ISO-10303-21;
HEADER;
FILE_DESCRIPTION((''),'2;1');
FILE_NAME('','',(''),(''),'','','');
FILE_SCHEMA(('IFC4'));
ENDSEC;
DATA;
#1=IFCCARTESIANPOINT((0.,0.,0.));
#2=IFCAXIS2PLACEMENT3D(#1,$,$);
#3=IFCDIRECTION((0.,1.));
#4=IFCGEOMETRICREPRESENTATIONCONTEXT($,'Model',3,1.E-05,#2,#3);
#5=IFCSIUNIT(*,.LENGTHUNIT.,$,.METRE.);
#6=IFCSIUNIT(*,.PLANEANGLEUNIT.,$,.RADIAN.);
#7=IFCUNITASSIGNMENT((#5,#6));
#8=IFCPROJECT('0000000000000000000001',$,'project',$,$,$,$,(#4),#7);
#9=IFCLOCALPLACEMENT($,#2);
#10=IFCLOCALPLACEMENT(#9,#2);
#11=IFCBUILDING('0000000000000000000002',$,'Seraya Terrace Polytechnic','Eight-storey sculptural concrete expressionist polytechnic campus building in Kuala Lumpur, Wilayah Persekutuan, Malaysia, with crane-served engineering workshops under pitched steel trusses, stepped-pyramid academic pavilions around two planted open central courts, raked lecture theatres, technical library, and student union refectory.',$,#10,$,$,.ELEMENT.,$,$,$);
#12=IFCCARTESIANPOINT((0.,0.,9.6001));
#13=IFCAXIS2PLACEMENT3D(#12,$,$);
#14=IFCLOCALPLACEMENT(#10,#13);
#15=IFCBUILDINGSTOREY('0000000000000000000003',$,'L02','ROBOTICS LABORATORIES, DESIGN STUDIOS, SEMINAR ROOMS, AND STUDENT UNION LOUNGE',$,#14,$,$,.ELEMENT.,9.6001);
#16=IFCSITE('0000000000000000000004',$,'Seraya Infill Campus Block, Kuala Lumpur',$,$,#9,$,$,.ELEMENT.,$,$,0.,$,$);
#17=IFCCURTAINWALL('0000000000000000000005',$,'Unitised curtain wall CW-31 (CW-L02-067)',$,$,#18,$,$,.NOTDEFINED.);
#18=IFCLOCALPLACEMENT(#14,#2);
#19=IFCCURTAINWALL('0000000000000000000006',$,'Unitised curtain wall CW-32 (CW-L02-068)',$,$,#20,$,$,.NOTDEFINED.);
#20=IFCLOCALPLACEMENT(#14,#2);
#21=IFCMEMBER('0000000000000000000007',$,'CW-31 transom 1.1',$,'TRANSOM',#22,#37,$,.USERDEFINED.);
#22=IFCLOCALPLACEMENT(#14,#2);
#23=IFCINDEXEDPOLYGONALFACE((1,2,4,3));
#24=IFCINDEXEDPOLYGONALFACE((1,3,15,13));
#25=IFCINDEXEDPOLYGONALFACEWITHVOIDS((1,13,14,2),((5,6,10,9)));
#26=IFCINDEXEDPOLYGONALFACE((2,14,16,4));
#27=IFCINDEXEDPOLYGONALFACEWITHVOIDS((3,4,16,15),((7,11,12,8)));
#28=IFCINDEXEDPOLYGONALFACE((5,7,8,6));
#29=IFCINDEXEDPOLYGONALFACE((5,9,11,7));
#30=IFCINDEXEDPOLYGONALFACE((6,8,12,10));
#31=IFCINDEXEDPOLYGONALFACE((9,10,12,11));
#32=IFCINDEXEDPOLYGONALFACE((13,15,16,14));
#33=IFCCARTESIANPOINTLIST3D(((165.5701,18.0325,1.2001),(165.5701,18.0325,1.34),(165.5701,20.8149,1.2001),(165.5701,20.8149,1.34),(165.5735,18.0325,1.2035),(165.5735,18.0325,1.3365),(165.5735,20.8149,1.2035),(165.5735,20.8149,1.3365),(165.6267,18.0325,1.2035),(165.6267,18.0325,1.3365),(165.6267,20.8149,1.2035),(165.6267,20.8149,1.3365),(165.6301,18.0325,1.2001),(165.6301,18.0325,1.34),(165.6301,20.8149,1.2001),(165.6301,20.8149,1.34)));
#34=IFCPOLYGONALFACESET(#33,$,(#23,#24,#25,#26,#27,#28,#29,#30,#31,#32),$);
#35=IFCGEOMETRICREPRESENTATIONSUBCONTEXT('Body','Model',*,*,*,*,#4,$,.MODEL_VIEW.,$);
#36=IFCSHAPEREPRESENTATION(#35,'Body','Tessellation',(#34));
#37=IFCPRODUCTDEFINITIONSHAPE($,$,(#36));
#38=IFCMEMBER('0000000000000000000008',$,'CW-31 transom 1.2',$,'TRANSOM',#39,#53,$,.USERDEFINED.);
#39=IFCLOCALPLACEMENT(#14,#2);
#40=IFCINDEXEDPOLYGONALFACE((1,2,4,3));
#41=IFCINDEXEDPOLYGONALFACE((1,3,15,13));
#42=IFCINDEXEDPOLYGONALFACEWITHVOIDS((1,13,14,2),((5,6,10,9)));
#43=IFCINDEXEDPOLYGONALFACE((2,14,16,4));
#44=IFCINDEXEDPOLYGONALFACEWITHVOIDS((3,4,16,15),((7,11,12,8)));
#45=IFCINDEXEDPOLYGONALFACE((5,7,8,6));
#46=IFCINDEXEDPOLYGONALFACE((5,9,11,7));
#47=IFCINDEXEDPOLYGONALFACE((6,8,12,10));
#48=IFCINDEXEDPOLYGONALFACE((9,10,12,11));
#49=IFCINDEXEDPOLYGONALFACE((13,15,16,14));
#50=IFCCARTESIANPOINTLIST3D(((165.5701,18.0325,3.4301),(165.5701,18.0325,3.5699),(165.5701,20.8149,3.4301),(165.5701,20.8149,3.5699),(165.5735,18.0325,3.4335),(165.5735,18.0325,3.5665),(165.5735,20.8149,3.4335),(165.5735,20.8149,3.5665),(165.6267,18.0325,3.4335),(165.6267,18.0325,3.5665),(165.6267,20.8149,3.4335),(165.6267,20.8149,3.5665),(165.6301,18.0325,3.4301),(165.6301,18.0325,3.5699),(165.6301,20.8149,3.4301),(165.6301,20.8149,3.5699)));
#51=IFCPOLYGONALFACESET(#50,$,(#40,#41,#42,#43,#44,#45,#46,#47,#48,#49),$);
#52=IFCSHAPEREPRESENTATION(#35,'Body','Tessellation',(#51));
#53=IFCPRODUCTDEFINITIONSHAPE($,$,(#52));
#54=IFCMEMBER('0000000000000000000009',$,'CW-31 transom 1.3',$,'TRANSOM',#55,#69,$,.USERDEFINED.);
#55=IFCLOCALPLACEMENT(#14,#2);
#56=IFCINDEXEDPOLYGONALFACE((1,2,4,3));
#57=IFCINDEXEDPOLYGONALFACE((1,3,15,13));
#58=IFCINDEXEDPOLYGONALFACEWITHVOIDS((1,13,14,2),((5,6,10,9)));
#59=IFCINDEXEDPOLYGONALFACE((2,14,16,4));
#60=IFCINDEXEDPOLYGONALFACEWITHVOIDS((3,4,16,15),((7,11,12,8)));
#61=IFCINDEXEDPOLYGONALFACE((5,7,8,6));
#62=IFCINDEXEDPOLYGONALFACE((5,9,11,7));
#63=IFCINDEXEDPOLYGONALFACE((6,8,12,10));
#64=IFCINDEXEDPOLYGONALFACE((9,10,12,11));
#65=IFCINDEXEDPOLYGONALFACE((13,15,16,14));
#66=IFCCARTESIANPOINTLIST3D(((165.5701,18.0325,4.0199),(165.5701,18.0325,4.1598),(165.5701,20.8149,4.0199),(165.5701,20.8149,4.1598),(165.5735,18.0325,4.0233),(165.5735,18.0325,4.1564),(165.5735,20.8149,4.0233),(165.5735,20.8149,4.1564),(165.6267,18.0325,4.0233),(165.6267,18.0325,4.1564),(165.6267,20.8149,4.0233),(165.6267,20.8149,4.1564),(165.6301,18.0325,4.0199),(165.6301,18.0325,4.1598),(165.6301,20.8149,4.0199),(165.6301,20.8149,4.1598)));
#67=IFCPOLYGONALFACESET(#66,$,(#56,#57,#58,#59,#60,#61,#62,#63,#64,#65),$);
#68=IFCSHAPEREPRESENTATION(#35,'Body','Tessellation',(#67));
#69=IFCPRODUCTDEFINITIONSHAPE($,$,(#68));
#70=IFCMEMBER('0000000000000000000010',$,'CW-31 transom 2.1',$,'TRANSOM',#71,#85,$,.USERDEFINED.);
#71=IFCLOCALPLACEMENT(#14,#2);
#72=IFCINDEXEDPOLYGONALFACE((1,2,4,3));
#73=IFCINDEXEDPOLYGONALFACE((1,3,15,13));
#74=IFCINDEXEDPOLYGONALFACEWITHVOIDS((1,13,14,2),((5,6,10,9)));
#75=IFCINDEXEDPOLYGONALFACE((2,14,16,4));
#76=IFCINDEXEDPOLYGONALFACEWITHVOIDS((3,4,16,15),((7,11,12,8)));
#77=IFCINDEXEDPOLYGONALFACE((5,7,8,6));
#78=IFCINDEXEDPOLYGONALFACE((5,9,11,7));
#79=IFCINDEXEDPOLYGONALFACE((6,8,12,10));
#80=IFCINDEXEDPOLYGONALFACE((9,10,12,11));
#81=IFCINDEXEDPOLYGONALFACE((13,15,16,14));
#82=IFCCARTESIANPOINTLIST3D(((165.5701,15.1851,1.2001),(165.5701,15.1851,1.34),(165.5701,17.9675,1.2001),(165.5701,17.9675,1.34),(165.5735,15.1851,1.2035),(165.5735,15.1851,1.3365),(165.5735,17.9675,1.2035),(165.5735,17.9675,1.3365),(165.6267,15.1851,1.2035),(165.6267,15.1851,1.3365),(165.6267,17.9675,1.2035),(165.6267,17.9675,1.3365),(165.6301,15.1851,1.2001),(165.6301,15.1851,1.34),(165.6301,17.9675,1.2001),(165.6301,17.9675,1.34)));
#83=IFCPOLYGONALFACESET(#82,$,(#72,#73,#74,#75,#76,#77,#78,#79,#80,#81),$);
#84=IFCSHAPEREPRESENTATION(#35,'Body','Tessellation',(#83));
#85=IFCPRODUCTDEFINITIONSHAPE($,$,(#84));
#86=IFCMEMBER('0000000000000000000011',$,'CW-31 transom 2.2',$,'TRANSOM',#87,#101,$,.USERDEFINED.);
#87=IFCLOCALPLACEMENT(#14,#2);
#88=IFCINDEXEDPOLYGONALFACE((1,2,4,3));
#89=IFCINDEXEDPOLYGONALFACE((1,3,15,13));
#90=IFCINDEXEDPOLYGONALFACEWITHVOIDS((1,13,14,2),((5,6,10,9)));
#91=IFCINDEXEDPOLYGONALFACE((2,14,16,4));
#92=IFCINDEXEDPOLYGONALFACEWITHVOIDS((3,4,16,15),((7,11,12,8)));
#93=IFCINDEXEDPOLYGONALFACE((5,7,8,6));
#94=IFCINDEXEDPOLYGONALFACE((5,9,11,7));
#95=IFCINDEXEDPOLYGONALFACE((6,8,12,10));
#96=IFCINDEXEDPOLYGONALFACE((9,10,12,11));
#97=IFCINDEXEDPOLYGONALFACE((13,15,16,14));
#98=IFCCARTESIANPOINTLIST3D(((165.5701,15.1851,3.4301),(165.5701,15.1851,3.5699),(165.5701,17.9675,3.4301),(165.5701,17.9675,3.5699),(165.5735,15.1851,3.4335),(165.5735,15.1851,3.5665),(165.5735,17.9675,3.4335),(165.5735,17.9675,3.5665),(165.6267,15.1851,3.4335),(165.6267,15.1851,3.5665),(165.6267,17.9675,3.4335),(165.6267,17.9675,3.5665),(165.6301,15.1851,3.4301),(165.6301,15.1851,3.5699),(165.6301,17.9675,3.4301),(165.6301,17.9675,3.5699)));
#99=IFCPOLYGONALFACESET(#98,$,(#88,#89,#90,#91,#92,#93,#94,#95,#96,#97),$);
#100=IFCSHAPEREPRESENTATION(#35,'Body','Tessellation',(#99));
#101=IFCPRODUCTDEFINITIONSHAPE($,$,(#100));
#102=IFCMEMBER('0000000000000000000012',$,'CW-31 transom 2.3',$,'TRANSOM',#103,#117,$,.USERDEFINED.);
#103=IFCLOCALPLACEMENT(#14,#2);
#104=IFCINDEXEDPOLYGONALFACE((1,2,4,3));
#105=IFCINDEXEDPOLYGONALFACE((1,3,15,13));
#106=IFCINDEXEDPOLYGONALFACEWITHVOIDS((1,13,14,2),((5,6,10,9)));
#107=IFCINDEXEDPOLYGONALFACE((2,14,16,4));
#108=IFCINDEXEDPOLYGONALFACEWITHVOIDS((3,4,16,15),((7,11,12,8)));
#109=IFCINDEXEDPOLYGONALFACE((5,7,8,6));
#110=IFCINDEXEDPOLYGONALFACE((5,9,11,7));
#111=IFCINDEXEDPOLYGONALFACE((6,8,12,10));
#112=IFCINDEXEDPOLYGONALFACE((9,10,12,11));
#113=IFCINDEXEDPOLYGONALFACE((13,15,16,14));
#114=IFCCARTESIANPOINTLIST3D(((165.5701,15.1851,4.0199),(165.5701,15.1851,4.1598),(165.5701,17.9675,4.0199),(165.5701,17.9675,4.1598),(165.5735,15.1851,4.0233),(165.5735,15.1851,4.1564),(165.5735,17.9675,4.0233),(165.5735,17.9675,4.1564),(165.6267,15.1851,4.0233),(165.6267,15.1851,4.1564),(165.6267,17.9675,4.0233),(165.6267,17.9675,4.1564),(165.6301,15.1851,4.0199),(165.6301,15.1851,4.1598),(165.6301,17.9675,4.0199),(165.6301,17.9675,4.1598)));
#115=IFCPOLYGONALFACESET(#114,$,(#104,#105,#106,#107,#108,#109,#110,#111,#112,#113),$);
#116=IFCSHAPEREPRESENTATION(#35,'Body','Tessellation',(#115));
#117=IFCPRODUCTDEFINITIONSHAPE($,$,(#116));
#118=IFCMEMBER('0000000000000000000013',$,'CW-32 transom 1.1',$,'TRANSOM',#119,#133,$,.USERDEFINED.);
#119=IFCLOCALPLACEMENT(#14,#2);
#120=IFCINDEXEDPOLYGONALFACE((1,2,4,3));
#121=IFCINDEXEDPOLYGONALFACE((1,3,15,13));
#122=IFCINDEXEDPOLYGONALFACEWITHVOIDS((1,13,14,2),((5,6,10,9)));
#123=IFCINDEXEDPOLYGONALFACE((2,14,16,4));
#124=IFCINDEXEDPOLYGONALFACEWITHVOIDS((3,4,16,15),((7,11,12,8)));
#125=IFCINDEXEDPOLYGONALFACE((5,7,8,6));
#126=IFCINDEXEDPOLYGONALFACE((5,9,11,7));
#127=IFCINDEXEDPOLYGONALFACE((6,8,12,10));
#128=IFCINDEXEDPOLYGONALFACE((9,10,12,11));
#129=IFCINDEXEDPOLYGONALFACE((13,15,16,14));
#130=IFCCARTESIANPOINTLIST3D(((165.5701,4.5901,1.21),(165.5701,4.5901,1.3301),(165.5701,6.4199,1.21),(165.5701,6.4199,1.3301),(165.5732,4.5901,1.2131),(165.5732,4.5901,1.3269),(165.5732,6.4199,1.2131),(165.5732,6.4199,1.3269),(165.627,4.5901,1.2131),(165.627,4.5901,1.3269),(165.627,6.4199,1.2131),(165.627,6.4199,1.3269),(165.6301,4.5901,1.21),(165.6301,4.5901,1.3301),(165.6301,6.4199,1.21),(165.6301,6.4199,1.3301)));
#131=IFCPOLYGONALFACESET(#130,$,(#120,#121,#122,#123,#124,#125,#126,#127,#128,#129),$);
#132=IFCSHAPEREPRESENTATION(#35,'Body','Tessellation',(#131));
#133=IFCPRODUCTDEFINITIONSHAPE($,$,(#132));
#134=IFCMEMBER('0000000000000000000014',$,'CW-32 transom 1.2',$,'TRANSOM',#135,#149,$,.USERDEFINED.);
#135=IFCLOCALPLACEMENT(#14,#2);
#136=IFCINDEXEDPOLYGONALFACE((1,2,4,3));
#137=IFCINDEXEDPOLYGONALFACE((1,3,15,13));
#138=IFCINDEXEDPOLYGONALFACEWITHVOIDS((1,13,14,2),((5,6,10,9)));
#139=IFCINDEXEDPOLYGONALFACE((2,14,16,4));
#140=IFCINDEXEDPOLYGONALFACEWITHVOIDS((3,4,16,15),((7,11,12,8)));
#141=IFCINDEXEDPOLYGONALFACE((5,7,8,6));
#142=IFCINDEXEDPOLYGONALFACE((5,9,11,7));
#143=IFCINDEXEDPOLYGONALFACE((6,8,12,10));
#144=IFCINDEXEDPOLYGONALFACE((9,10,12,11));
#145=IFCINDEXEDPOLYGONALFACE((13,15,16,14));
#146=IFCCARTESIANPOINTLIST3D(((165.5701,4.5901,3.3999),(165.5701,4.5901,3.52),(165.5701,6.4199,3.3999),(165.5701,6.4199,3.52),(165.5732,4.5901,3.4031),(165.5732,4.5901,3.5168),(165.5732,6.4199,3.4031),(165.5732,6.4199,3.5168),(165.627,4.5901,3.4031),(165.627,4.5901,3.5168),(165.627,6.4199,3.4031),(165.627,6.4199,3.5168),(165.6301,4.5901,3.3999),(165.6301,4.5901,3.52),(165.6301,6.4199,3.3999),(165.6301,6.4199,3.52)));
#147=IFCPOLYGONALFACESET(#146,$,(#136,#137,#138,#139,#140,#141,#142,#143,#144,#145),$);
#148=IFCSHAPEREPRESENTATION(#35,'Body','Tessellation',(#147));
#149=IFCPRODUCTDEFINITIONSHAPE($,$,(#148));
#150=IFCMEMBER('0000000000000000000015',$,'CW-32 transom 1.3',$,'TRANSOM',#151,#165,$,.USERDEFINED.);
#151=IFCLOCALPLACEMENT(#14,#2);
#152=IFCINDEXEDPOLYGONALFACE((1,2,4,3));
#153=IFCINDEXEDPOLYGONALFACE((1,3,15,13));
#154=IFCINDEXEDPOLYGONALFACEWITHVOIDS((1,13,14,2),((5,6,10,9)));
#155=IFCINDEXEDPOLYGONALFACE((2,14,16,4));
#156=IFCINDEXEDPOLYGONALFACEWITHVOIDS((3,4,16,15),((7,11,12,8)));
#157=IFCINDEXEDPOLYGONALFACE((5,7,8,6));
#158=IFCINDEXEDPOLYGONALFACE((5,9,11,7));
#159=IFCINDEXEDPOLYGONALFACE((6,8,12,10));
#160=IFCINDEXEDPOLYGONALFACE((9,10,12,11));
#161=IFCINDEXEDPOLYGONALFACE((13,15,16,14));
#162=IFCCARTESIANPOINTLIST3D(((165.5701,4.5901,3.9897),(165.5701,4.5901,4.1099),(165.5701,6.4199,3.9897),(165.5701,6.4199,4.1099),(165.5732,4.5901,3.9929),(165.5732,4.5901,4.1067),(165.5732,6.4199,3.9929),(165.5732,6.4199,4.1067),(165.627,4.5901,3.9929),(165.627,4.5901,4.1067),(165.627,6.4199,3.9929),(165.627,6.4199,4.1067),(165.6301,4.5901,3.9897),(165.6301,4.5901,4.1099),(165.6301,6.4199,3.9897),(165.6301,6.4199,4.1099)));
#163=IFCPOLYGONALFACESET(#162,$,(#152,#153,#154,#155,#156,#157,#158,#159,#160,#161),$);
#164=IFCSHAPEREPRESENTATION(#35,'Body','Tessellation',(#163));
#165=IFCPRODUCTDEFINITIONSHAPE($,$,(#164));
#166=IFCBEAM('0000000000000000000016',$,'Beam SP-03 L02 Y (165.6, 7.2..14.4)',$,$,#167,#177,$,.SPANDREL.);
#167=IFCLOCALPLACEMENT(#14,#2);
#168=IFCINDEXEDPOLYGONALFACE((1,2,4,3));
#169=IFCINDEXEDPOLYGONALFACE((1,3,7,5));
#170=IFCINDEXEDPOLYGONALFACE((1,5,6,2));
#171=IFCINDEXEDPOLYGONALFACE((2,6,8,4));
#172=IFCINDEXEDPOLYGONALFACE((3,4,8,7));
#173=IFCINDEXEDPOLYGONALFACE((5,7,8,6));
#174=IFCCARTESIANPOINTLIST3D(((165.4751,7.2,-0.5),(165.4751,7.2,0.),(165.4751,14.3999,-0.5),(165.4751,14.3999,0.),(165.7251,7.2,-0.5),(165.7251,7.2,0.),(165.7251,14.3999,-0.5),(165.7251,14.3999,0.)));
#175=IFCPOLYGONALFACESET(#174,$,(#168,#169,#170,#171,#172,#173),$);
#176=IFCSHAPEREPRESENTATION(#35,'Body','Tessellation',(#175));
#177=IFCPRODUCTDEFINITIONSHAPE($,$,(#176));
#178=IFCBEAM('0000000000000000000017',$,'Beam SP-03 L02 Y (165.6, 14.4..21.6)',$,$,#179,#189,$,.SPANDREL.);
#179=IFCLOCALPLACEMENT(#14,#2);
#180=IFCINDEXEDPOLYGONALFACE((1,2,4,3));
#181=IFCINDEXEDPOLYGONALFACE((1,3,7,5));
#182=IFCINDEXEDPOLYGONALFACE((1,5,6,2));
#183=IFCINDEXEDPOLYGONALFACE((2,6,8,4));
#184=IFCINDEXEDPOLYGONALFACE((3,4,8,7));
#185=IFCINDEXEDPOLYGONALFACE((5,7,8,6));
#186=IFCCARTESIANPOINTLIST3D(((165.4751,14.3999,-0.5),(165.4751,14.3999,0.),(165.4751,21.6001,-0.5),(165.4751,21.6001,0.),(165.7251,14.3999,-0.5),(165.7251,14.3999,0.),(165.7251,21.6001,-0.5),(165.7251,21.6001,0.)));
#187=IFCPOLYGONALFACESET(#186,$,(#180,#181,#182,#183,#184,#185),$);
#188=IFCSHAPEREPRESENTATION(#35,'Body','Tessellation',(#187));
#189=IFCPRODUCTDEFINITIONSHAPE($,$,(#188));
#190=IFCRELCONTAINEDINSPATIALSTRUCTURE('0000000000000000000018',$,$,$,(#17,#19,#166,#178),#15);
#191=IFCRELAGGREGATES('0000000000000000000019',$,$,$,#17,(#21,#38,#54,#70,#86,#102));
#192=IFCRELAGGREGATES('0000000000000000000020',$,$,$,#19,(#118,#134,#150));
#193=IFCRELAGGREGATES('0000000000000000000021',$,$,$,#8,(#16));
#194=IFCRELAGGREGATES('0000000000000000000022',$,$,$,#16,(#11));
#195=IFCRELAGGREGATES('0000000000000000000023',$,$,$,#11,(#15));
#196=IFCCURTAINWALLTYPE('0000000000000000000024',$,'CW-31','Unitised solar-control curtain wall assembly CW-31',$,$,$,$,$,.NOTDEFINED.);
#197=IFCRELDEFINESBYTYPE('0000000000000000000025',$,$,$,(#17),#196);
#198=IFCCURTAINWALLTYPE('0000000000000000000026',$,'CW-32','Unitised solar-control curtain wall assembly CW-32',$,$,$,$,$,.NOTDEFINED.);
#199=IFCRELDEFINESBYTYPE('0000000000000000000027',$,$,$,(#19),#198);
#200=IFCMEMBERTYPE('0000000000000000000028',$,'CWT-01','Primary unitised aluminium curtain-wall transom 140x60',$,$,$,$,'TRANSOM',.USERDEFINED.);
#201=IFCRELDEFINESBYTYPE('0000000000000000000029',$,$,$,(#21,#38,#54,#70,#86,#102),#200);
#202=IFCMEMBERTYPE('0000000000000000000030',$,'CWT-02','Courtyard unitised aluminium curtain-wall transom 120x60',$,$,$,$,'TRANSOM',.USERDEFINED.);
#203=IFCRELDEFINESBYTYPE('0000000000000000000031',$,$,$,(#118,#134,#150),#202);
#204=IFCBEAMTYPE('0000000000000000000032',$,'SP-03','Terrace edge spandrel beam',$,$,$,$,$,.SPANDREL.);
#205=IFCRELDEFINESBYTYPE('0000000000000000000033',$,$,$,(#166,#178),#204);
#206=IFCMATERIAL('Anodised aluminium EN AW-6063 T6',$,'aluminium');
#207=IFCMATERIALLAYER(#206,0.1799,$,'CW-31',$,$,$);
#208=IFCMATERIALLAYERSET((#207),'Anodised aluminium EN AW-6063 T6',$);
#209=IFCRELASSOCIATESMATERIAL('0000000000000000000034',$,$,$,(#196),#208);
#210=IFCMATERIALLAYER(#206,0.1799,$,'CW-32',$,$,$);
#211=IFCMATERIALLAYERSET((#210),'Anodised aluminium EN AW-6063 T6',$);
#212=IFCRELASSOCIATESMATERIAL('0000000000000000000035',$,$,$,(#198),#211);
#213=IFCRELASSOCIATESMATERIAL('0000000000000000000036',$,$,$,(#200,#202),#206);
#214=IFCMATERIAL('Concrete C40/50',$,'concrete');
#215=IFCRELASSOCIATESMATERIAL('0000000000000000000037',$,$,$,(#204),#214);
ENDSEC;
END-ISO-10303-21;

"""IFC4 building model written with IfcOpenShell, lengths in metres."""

from ifc_helpers import new_model, si_unit, direction, frame, origin, origin_2d, place, context, subcontext, project, spatial, rectangle, hollow_rectangle, extrude, material, layer, layer_set, material_profile, profile_set, type_object, element, aggregate, save


model = new_model("IFC4")

# Units and contexts
model_context = context("Model", 3, precision=1e-05, world=origin(), true_north=direction((0.0, 1.0)))
body_context = subcontext(model_context, "Body", "Model", "MODEL_VIEW")
ifc_project = project(units=[si_unit("LENGTHUNIT", "METRE"), si_unit("PLANEANGLEUNIT", "RADIAN")], contexts=[model_context])

# Site, building, storey
site_placement = place(None, origin())
site = spatial("IfcSite", under=ifc_project, at=site_placement, Name="Seraya Infill Campus Block, Kuala Lumpur", CompositionType="ELEMENT", RefElevation=0.0)
building_placement = place(site_placement, origin())
building = spatial("IfcBuilding", under=site, at=building_placement, Name="Seraya Terrace Polytechnic", Description="Eight-storey sculptural concrete expressionist polytechnic campus building in Kuala Lumpur, Wilayah Persekutuan, Malaysia, with crane-served engineering workshops under pitched steel trusses, stepped-pyramid academic pavilions around two planted open central courts, raked lecture theatres, technical library, and student union refectory.", CompositionType="ELEMENT")
storey_placement = place(building_placement, frame((0.0, 0.0, 9.6001)))
storey = spatial("IfcBuildingStorey", under=building, at=storey_placement, Name="L02", Description="ROBOTICS LABORATORIES, DESIGN STUDIOS, SEMINAR ROOMS, AND STUDENT UNION LOUNGE", CompositionType="ELEMENT", Elevation=9.6001)

# Shared definitions
ifc_material_1 = material(Name="Concrete C40/50", Category="concrete")

# Curtain walls
ifc_material_2 = material(Name="Anodised aluminium EN AW-6063 T6", Category="aluminium")
ifc_layer_1 = layer(ifc_material_2, 0.1799, Name="CW-31")
ifc_layer_set_1 = layer_set([ifc_layer_1], Name="Anodised aluminium EN AW-6063 T6")
curtain_wall_type_1 = type_object("IfcCurtainWallType", Name="CW-31", Description="Unitised solar-control curtain wall assembly CW-31", PredefinedType="NOTDEFINED", material=ifc_layer_set_1)
curtain_wall_1_placement = place(storey_placement, origin())
curtain_wall_1 = element("IfcCurtainWall", 1, at=curtain_wall_1_placement, inside=storey, type_object=curtain_wall_type_1, Name="Unitised curtain wall CW-31 (CW-L02-067)", PredefinedType="NOTDEFINED")
ifc_layer_2 = layer(ifc_material_2, 0.1799, Name="CW-32")
ifc_layer_set_2 = layer_set([ifc_layer_2], Name="Anodised aluminium EN AW-6063 T6")
curtain_wall_type_2 = type_object("IfcCurtainWallType", Name="CW-32", Description="Unitised solar-control curtain wall assembly CW-32", PredefinedType="NOTDEFINED", material=ifc_layer_set_2)
curtain_wall_2_placement = place(storey_placement, origin())
curtain_wall_2 = element("IfcCurtainWall", 2, at=curtain_wall_2_placement, inside=storey, type_object=curtain_wall_type_2, Name="Unitised curtain wall CW-32 (CW-L02-068)", PredefinedType="NOTDEFINED")

# Members
ifc_material_profile_1 = material_profile(ifc_material_2, hollow_rectangle(XDim=0.0601, YDim=0.1399, WallThickness=0.0034, at=origin_2d()), Name="RHS 140x60x3.5")
ifc_profile_set_1 = profile_set([ifc_material_profile_1], Name="Anodised aluminium EN AW-6063 T6")
member_type_1 = type_object("IfcMemberType", Name="CWT-01", Description="Primary unitised aluminium curtain-wall transom 140x60", ElementType="TRANSOM", PredefinedType="USERDEFINED", material=ifc_profile_set_1)
member_1_placement = place(storey_placement, frame((165.6001, 20.8149, 1.27), z_axis=(0.0, -1.0, 0.0), x_axis=(1.0, 0.0, 0.0)))
member_1 = element("IfcMember", 3, at=member_1_placement, type_object=member_type_1, Name="CW-31 transom 1.1", ObjectType="TRANSOM", PredefinedType="USERDEFINED", context=body_context, shape_type="SweptSolid", body=[
    extrude(hollow_rectangle(XDim=0.0601, YDim=0.1399, WallThickness=0.0034, at=origin_2d()), origin(), (0.0, 0.0, 1.0), 2.7825),
])
member_2_placement = place(storey_placement, frame((165.6001, 20.8149, 3.5), z_axis=(0.0, -1.0, 0.0), x_axis=(1.0, 0.0, 0.0)))
member_2 = element("IfcMember", 4, at=member_2_placement, type_object=member_type_1, Name="CW-31 transom 1.2", ObjectType="TRANSOM", PredefinedType="USERDEFINED", context=body_context, shape_type="SweptSolid", body=[
    extrude(hollow_rectangle(XDim=0.0601, YDim=0.1399, WallThickness=0.0034, at=origin_2d()), origin(), (0.0, 0.0, 1.0), 2.7825),
])
member_3_placement = place(storey_placement, frame((165.6001, 20.8149, 4.0898), z_axis=(0.0, -1.0, 0.0), x_axis=(1.0, 0.0, 0.0)))
member_3 = element("IfcMember", 5, at=member_3_placement, type_object=member_type_1, Name="CW-31 transom 1.3", ObjectType="TRANSOM", PredefinedType="USERDEFINED", context=body_context, shape_type="SweptSolid", body=[
    extrude(hollow_rectangle(XDim=0.0601, YDim=0.1399, WallThickness=0.0034, at=origin_2d()), origin(), (0.0, 0.0, 1.0), 2.7825),
])
member_4_placement = place(storey_placement, frame((165.6001, 17.9675, 1.27), z_axis=(0.0, -1.0, 0.0), x_axis=(1.0, 0.0, 0.0)))
member_4 = element("IfcMember", 6, at=member_4_placement, type_object=member_type_1, Name="CW-31 transom 2.1", ObjectType="TRANSOM", PredefinedType="USERDEFINED", context=body_context, shape_type="SweptSolid", body=[
    extrude(hollow_rectangle(XDim=0.0601, YDim=0.1399, WallThickness=0.0034, at=origin_2d()), origin(), (0.0, 0.0, 1.0), 2.7825),
])
member_5_placement = place(storey_placement, frame((165.6001, 17.9675, 3.5), z_axis=(0.0, -1.0, 0.0), x_axis=(1.0, 0.0, 0.0)))
member_5 = element("IfcMember", 7, at=member_5_placement, type_object=member_type_1, Name="CW-31 transom 2.2", ObjectType="TRANSOM", PredefinedType="USERDEFINED", context=body_context, shape_type="SweptSolid", body=[
    extrude(hollow_rectangle(XDim=0.0601, YDim=0.1399, WallThickness=0.0034, at=origin_2d()), origin(), (0.0, 0.0, 1.0), 2.7825),
])
member_6_placement = place(storey_placement, frame((165.6001, 17.9675, 4.0898), z_axis=(0.0, -1.0, 0.0), x_axis=(1.0, 0.0, 0.0)))
member_6 = element("IfcMember", 8, at=member_6_placement, type_object=member_type_1, Name="CW-31 transom 2.3", ObjectType="TRANSOM", PredefinedType="USERDEFINED", context=body_context, shape_type="SweptSolid", body=[
    extrude(hollow_rectangle(XDim=0.0601, YDim=0.1399, WallThickness=0.0034, at=origin_2d()), origin(), (0.0, 0.0, 1.0), 2.7825),
])
ifc_material_profile_2 = material_profile(ifc_material_2, hollow_rectangle(XDim=0.0601, YDim=0.1201, WallThickness=0.0032, at=origin_2d()), Name="RHS 120x60x3.2")
ifc_profile_set_2 = profile_set([ifc_material_profile_2], Name="Anodised aluminium EN AW-6063 T6")
member_type_2 = type_object("IfcMemberType", Name="CWT-02", Description="Courtyard unitised aluminium curtain-wall transom 120x60", ElementType="TRANSOM", PredefinedType="USERDEFINED", material=ifc_profile_set_2)
member_7_placement = place(storey_placement, frame((165.6001, 6.4199, 1.27), z_axis=(0.0, -1.0, 0.0), x_axis=(1.0, 0.0, 0.0)))
member_7 = element("IfcMember", 9, at=member_7_placement, type_object=member_type_2, Name="CW-32 transom 1.1", ObjectType="TRANSOM", PredefinedType="USERDEFINED", context=body_context, shape_type="SweptSolid", body=[
    extrude(hollow_rectangle(XDim=0.0601, YDim=0.1201, WallThickness=0.0032, at=origin_2d()), origin(), (0.0, 0.0, 1.0), 1.8298),
])
member_8_placement = place(storey_placement, frame((165.6001, 6.4199, 3.46), z_axis=(0.0, -1.0, 0.0), x_axis=(1.0, 0.0, 0.0)))
member_8 = element("IfcMember", 10, at=member_8_placement, type_object=member_type_2, Name="CW-32 transom 1.2", ObjectType="TRANSOM", PredefinedType="USERDEFINED", context=body_context, shape_type="SweptSolid", body=[
    extrude(hollow_rectangle(XDim=0.0601, YDim=0.1201, WallThickness=0.0032, at=origin_2d()), origin(), (0.0, 0.0, 1.0), 1.8298),
])
member_9_placement = place(storey_placement, frame((165.6001, 6.4199, 4.0498), z_axis=(0.0, -1.0, 0.0), x_axis=(1.0, 0.0, 0.0)))
member_9 = element("IfcMember", 11, at=member_9_placement, type_object=member_type_2, Name="CW-32 transom 1.3", ObjectType="TRANSOM", PredefinedType="USERDEFINED", context=body_context, shape_type="SweptSolid", body=[
    extrude(hollow_rectangle(XDim=0.0601, YDim=0.1201, WallThickness=0.0032, at=origin_2d()), origin(), (0.0, 0.0, 1.0), 1.8298),
])

# Beams
ifc_material_profile_3 = material_profile(ifc_material_1, rectangle(XDim=0.25, YDim=0.5, at=origin_2d()), Name="RC 250x500")
ifc_profile_set_3 = profile_set([ifc_material_profile_3], Name="Concrete C40/50")
beam_type_1 = type_object("IfcBeamType", Name="SP-03", Description="Terrace edge spandrel beam", PredefinedType="SPANDREL", material=ifc_profile_set_3)
beam_1_placement = place(storey_placement, frame((165.6001, 7.2, -0.25), z_axis=(0.0, 1.0, 0.0), x_axis=(-1.0, 0.0, 0.0)))
element("IfcBeam", 12, at=beam_1_placement, inside=storey, type_object=beam_type_1, Name="Beam SP-03 L02 Y (165.6, 7.2..14.4)", PredefinedType="SPANDREL", context=body_context, shape_type="SweptSolid", body=[
    extrude(rectangle(XDim=0.25, YDim=0.5, at=origin_2d()), origin(), (0.0, 0.0, 1.0), 7.2),
])
beam_2_placement = place(storey_placement, frame((165.6001, 14.3999, -0.25), z_axis=(0.0, 1.0, 0.0), x_axis=(-1.0, 0.0, 0.0)))
element("IfcBeam", 13, at=beam_2_placement, inside=storey, type_object=beam_type_1, Name="Beam SP-03 L02 Y (165.6, 14.4..21.6)", PredefinedType="SPANDREL", context=body_context, shape_type="SweptSolid", body=[
    extrude(rectangle(XDim=0.25, YDim=0.5, at=origin_2d()), origin(), (0.0, 0.0, 1.0), 7.2002),
])

aggregate(curtain_wall_1, [member_1, member_2, member_3, member_4, member_5, member_6])
aggregate(curtain_wall_2, [member_7, member_8, member_9])

save(model, "model.ifc")
